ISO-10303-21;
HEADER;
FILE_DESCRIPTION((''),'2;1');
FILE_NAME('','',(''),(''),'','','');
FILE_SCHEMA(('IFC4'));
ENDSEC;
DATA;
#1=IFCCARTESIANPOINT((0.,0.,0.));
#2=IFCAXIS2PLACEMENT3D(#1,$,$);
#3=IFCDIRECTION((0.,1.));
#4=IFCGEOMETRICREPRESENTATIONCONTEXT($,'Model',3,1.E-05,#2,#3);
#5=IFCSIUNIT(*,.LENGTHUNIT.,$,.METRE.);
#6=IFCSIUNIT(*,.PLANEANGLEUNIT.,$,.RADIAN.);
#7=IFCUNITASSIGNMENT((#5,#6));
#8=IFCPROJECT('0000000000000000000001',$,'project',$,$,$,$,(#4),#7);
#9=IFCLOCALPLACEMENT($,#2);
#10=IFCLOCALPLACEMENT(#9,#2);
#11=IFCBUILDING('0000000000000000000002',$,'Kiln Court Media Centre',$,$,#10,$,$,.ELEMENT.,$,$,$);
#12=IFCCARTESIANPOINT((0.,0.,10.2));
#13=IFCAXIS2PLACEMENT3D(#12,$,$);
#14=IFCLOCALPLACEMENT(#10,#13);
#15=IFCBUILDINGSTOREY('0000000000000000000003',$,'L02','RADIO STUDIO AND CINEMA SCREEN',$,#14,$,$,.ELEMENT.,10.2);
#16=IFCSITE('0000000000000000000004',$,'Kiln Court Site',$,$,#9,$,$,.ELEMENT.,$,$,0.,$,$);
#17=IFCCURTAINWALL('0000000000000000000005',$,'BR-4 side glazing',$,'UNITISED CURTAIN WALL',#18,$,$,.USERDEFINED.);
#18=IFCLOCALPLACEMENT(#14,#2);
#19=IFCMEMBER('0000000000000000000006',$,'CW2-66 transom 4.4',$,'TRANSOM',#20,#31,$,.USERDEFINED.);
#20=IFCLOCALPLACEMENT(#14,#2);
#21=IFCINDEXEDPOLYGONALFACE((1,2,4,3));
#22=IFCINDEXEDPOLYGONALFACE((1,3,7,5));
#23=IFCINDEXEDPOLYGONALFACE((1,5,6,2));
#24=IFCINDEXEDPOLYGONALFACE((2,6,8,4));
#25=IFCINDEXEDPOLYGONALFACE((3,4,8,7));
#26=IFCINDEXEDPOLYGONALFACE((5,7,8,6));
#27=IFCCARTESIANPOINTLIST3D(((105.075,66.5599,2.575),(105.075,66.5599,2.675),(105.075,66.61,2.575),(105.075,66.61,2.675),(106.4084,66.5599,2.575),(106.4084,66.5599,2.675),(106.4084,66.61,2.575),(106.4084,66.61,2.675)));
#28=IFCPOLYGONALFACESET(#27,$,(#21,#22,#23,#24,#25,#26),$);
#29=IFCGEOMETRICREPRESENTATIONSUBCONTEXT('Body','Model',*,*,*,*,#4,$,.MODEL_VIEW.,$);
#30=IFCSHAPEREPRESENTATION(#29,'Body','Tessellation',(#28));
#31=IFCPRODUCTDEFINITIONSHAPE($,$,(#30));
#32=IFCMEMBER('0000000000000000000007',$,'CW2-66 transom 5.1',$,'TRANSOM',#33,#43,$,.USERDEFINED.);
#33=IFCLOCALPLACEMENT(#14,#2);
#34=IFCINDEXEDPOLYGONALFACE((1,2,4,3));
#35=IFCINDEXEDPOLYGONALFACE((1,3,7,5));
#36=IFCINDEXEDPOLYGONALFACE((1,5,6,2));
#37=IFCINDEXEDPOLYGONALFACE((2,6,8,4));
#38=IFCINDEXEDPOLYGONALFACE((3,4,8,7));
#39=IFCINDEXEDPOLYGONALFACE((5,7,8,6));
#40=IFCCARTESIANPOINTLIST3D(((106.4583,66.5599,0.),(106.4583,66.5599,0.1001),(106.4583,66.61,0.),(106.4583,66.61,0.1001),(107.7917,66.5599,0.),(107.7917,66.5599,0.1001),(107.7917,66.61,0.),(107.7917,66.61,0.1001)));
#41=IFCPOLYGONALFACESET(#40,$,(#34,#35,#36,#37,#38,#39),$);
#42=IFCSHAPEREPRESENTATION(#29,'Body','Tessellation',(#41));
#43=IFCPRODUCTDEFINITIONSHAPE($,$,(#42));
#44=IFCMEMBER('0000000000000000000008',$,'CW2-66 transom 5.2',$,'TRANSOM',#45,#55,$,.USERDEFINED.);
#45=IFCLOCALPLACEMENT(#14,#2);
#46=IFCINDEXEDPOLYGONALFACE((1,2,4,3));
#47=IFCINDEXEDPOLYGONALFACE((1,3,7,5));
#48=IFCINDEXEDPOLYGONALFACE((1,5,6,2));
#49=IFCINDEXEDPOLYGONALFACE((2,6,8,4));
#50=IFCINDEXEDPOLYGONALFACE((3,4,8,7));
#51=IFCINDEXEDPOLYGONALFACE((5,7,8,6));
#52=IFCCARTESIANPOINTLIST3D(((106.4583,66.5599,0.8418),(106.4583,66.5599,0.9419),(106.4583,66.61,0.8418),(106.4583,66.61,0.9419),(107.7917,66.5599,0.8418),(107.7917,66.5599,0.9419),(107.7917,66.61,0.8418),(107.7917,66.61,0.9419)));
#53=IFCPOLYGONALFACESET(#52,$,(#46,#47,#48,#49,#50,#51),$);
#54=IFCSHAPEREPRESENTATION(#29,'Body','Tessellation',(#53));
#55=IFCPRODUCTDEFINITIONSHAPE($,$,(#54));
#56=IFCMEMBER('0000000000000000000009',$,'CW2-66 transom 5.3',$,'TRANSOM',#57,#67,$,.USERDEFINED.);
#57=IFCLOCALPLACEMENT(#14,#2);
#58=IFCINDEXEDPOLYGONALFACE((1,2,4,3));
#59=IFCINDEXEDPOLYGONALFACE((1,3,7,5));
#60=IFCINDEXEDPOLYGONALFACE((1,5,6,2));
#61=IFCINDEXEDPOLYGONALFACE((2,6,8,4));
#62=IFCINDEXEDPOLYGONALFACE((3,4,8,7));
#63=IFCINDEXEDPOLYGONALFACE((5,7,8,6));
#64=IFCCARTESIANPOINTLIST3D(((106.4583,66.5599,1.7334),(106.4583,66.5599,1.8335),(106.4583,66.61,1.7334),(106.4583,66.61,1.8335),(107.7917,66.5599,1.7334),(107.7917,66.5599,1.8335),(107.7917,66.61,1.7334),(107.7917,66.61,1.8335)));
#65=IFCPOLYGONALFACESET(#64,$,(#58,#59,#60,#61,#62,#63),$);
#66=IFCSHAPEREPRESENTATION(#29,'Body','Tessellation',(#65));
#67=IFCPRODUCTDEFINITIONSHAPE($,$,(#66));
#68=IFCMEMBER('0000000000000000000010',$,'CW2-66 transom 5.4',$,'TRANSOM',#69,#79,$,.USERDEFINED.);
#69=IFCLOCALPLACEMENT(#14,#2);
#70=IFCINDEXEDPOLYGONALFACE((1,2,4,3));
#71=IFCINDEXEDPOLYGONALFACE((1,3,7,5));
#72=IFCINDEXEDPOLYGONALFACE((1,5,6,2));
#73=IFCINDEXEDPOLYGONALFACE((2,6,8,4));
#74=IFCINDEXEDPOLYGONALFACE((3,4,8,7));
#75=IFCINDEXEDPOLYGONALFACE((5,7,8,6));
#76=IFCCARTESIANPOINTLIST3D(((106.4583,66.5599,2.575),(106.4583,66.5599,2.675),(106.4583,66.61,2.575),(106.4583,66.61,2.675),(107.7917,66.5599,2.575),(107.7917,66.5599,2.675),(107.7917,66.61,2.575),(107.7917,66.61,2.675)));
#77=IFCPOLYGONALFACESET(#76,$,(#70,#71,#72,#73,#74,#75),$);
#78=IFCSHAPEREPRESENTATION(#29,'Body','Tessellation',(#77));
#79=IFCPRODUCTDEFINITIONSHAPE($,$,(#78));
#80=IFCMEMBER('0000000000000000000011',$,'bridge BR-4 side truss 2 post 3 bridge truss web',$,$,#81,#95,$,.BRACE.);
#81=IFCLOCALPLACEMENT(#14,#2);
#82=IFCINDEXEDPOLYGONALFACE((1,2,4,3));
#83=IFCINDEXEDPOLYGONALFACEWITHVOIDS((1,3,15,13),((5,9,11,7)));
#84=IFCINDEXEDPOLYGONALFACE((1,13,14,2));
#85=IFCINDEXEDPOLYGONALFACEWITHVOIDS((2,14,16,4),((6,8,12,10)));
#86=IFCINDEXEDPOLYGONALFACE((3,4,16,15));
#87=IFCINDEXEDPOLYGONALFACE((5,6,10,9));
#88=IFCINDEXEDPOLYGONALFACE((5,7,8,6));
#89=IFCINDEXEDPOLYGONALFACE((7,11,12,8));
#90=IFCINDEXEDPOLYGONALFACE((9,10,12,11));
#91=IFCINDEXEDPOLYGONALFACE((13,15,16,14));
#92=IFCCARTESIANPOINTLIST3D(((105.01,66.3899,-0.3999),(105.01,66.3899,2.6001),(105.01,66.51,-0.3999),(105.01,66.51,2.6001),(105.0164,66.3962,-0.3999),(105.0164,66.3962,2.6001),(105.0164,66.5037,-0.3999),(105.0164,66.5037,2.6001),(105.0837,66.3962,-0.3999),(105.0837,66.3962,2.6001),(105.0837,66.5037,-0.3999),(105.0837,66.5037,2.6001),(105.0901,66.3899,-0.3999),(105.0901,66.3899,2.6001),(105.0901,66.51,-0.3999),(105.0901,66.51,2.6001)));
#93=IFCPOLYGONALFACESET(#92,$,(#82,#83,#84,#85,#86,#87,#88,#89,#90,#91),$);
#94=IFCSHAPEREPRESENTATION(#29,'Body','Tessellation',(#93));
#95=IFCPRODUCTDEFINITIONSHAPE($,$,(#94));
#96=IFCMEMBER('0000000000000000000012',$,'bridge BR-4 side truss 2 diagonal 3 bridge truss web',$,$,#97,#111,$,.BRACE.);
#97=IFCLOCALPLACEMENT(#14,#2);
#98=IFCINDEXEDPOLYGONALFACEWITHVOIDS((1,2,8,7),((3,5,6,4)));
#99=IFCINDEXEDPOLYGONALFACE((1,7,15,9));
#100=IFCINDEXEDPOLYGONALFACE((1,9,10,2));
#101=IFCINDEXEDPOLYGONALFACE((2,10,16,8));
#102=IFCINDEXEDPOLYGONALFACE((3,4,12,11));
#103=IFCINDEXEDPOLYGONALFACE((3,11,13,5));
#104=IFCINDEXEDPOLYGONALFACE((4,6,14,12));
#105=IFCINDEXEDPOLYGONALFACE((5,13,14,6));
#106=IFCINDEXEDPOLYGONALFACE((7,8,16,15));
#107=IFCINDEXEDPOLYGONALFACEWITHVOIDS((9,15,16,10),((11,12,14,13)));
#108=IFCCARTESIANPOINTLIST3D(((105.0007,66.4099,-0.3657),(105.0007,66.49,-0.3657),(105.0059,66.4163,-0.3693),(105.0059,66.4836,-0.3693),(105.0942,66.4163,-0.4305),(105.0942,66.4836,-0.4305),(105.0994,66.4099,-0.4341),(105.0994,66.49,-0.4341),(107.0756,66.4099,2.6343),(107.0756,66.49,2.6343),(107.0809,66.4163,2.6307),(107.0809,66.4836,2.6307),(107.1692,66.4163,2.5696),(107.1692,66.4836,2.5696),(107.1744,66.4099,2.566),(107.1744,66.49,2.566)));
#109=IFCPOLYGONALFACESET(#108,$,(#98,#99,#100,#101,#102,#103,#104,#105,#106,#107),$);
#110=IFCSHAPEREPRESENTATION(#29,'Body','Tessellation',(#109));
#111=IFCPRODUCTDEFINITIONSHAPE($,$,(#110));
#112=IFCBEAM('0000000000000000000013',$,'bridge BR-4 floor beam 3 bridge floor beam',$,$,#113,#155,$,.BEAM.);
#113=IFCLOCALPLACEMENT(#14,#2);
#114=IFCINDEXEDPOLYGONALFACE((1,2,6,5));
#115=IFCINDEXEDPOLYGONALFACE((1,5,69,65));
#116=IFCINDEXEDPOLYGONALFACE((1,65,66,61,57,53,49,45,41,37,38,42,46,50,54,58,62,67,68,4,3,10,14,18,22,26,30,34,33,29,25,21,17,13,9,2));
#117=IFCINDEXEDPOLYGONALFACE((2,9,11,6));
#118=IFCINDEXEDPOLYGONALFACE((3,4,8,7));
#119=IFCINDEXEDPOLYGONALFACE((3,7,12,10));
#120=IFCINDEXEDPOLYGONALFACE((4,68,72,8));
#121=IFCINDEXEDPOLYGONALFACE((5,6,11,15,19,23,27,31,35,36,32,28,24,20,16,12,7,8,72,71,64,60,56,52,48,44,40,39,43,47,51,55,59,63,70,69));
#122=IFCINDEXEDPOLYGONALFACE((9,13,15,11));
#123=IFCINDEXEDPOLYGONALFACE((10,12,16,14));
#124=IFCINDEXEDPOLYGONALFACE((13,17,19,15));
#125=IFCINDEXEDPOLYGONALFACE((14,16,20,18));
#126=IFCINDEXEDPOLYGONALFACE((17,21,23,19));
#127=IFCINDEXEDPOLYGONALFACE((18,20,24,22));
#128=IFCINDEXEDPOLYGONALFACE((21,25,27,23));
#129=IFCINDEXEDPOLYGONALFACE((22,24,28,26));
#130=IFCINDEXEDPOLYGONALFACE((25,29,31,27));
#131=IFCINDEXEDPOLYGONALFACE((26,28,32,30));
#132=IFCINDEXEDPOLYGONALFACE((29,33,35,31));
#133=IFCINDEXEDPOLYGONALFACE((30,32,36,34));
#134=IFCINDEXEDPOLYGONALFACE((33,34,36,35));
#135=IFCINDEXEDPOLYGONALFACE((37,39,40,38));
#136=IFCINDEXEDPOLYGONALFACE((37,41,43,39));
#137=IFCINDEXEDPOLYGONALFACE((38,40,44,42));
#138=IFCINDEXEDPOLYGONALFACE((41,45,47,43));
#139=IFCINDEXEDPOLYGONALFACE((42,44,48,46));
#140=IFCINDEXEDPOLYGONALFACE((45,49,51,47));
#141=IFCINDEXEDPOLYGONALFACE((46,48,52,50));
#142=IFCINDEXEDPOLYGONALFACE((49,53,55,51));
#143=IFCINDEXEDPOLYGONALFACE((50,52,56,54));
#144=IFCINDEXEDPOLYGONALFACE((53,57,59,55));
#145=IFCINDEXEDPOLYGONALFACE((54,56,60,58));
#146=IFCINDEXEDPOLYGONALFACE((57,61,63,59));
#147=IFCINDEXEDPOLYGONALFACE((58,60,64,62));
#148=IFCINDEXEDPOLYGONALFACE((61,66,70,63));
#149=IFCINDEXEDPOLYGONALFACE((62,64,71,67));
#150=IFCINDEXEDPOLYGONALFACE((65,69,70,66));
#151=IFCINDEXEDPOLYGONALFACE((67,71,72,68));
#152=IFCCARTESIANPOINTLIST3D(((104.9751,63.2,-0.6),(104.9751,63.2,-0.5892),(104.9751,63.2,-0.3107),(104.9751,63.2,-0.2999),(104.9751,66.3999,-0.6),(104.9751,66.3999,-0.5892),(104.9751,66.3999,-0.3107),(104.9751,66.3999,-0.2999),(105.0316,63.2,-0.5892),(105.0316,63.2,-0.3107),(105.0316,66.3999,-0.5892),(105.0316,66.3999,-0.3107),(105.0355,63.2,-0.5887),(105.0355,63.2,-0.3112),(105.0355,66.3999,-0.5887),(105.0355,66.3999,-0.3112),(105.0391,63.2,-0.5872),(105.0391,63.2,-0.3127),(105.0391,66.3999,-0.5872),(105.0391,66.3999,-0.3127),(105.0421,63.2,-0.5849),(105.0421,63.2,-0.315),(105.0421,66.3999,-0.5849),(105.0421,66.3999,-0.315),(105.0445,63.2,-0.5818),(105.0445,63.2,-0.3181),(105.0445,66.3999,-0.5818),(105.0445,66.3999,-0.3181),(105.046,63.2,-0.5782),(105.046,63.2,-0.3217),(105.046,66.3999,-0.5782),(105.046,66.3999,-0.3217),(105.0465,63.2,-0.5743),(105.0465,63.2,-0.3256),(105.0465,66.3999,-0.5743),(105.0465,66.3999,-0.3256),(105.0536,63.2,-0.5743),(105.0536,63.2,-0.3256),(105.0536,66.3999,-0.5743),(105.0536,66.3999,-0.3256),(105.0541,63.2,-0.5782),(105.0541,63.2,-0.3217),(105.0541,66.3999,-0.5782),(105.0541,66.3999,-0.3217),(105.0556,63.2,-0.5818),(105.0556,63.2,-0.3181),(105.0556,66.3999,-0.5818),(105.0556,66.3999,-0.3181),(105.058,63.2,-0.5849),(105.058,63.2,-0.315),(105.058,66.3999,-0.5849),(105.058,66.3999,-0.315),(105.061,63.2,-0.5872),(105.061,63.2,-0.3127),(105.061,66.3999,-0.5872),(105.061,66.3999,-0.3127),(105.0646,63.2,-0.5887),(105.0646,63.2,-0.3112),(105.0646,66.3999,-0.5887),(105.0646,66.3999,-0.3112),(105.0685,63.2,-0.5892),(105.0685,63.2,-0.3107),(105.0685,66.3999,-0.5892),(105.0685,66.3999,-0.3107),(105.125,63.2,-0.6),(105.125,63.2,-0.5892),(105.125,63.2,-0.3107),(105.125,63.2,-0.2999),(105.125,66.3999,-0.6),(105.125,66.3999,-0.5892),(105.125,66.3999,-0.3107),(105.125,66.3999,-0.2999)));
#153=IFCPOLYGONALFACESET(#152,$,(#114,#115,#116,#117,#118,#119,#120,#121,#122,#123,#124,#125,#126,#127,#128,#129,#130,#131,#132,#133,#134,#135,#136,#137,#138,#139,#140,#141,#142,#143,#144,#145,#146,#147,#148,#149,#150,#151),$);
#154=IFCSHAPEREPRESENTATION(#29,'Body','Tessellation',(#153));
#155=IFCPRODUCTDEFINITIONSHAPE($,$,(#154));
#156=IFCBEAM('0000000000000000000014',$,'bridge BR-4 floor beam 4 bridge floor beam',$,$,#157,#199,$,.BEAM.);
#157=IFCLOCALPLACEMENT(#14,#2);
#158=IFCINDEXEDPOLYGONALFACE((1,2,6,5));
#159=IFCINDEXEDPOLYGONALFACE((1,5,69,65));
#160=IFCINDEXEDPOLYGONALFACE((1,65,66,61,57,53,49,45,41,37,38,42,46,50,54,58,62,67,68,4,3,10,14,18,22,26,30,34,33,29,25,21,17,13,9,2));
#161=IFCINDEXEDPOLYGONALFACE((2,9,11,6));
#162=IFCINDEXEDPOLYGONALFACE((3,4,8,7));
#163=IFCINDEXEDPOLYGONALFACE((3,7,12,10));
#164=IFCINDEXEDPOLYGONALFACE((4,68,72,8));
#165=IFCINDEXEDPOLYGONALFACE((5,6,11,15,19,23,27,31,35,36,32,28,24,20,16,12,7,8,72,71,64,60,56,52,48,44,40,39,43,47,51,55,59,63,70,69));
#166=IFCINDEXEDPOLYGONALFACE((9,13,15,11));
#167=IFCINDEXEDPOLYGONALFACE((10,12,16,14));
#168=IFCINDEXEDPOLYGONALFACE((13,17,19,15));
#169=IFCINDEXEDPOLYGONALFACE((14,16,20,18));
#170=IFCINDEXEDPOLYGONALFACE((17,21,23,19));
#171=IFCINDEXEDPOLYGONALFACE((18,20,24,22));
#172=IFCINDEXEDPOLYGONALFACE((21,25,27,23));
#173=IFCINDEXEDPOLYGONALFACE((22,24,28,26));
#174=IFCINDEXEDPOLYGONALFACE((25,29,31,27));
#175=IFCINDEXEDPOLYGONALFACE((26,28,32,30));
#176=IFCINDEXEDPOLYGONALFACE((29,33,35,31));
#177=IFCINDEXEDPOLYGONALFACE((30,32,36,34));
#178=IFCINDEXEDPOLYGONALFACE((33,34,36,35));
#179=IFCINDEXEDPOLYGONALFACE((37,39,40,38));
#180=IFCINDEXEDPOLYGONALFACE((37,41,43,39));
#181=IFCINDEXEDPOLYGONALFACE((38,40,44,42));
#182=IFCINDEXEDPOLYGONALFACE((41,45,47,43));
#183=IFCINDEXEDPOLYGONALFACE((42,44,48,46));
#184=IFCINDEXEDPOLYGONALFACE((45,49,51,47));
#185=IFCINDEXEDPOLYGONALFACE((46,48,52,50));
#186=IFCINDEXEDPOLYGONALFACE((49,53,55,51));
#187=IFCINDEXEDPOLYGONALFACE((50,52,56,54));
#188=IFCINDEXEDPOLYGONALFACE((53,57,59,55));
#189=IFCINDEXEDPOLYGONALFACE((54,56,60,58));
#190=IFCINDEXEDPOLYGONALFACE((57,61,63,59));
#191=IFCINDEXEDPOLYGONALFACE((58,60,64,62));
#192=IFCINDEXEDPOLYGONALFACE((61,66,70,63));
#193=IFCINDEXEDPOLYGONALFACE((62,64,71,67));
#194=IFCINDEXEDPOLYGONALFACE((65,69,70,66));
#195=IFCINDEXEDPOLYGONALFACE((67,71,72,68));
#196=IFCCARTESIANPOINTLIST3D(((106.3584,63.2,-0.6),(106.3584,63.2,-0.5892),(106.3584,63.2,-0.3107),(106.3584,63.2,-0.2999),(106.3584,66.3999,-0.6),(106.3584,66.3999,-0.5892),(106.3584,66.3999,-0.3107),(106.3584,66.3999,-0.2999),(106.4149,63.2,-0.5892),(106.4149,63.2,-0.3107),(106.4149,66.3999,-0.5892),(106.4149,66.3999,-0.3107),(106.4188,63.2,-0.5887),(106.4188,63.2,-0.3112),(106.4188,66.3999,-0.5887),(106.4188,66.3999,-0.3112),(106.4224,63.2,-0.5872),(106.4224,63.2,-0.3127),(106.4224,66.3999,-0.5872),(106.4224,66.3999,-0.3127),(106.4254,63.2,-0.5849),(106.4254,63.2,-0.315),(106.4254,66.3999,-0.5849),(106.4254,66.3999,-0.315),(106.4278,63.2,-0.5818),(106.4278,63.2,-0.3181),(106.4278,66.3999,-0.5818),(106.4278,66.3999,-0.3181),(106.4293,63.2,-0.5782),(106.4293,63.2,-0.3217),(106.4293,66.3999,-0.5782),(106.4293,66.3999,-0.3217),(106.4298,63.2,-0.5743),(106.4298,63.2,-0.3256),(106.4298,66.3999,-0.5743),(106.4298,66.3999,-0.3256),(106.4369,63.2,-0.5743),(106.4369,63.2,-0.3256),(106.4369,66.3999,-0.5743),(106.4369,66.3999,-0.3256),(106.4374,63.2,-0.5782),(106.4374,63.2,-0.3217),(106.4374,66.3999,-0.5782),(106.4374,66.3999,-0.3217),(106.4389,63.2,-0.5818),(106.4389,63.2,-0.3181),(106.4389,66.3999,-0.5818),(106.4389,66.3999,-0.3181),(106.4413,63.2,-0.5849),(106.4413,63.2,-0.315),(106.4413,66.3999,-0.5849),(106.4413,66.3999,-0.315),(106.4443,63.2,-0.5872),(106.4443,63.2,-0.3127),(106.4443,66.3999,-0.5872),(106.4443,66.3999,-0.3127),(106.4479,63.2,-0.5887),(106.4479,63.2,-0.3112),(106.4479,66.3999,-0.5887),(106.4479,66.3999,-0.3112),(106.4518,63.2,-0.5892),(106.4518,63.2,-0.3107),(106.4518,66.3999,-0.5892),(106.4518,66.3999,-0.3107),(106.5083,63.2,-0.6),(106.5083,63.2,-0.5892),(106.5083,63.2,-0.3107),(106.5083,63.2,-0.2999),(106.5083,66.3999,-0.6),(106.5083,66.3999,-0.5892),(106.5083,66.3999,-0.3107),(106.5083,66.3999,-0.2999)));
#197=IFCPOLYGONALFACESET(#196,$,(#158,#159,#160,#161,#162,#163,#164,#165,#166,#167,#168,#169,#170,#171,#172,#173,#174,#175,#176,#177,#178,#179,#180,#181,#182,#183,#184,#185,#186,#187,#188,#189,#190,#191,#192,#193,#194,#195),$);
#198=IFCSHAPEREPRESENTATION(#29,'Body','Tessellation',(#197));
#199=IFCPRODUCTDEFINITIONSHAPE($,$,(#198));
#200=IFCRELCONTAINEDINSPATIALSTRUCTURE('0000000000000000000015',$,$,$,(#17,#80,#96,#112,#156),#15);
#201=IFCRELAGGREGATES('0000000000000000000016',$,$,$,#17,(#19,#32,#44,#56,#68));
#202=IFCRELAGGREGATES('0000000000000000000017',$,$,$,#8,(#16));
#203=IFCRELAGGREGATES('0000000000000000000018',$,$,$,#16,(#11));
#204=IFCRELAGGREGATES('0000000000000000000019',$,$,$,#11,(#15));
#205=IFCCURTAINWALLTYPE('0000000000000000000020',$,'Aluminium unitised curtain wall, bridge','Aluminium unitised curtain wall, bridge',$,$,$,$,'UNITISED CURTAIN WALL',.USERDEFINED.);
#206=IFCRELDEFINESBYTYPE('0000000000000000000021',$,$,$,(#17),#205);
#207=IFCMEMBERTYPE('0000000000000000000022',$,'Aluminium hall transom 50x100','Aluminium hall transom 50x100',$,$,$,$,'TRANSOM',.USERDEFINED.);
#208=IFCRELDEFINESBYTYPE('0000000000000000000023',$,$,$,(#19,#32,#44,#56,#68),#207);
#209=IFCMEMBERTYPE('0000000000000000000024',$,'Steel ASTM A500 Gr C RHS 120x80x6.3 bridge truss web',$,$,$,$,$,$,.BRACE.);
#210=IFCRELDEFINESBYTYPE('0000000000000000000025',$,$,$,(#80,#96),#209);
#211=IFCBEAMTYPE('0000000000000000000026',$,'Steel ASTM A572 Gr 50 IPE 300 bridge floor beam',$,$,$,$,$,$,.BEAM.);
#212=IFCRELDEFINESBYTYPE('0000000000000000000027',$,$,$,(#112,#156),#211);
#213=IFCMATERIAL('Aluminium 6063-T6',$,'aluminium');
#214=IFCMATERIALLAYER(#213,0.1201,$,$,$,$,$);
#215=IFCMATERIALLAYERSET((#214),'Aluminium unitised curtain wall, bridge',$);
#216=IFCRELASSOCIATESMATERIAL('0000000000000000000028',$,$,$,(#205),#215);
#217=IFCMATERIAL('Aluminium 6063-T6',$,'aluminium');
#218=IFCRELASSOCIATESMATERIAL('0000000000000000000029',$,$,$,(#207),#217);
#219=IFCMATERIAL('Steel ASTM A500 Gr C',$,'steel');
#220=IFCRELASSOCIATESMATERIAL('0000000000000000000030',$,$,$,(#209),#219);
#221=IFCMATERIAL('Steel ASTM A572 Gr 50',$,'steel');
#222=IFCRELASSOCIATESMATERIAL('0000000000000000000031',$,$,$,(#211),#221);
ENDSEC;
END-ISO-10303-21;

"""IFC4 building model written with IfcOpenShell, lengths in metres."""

from ifc_helpers import new_model, si_unit, direction, frame, origin, origin_2d, place, context, subcontext, project, spatial, rectangle, hollow_rectangle, i_section, extrude, material, layer, layer_set, material_profile, profile_set, type_object, element, aggregate, save


model = new_model("IFC4")

# Units and contexts
model_context = context("Model", 3, precision=1e-05, world=origin(), true_north=direction((0.0, 1.0)))
body_context = subcontext(model_context, "Body", "Model", "MODEL_VIEW")
ifc_project = project(units=[si_unit("LENGTHUNIT", "METRE"), si_unit("PLANEANGLEUNIT", "RADIAN")], contexts=[model_context])

# Site, building, storey
site_placement = place(None, origin())
site = spatial("IfcSite", under=ifc_project, at=site_placement, Name="Kiln Court Site", CompositionType="ELEMENT", RefElevation=0.0)
building_placement = place(site_placement, origin())
building = spatial("IfcBuilding", under=site, at=building_placement, Name="Kiln Court Media Centre", CompositionType="ELEMENT")
storey_placement = place(building_placement, frame((0.0, 0.0, 10.2)))
storey = spatial("IfcBuildingStorey", under=building, at=storey_placement, Name="L02", Description="RADIO STUDIO AND CINEMA SCREEN", CompositionType="ELEMENT", Elevation=10.2)

# Curtain wall
ifc_material_1 = material(Name="Aluminium 6063-T6", Category="aluminium")
ifc_layer_1 = layer(ifc_material_1, 0.1201)
ifc_layer_set_1 = layer_set([ifc_layer_1], Name="Aluminium unitised curtain wall, bridge")
curtain_wall_type = type_object("IfcCurtainWallType", Name="Aluminium unitised curtain wall, bridge", Description="Aluminium unitised curtain wall, bridge", ElementType="UNITISED CURTAIN WALL", PredefinedType="USERDEFINED", material=ifc_layer_set_1)
curtain_wall_1_placement = place(storey_placement, origin())
curtain_wall_1 = element("IfcCurtainWall", 1, at=curtain_wall_1_placement, inside=storey, type_object=curtain_wall_type, Name="BR-4 side glazing", ObjectType="UNITISED CURTAIN WALL", PredefinedType="USERDEFINED")

# Members
ifc_material_2 = material(Name="Aluminium 6063-T6", Category="aluminium")
ifc_material_profile_1 = material_profile(ifc_material_2, rectangle(XDim=0.05, YDim=0.1001, at=origin_2d()), Name="Aluminium hall transom 50x100")
ifc_profile_set_1 = profile_set([ifc_material_profile_1], Name="Aluminium 6063-T6")
member_type_1 = type_object("IfcMemberType", Name="Aluminium hall transom 50x100", Description="Aluminium hall transom 50x100", ElementType="TRANSOM", PredefinedType="USERDEFINED", material=ifc_profile_set_1)
member_1_placement = place(storey_placement, frame((105.075, 66.585, 2.625), z_axis=(1.0, 0.0, 0.0), x_axis=(0.0, 1.0, 0.0)))
member_1 = element("IfcMember", 2, at=member_1_placement, type_object=member_type_1, Name="CW2-66 transom 4.4", ObjectType="TRANSOM", PredefinedType="USERDEFINED", context=body_context, shape_type="SweptSolid", body=[
    extrude(rectangle(XDim=0.05, YDim=0.1001, at=origin_2d()), origin(), (0.0, 0.0, 1.0), 1.3335),
])
member_2_placement = place(storey_placement, frame((106.4583, 66.585, 0.05), z_axis=(1.0, 0.0, 0.0), x_axis=(0.0, 1.0, 0.0)))
member_2 = element("IfcMember", 3, at=member_2_placement, type_object=member_type_1, Name="CW2-66 transom 5.1", ObjectType="TRANSOM", PredefinedType="USERDEFINED", context=body_context, shape_type="SweptSolid", body=[
    extrude(rectangle(XDim=0.05, YDim=0.1001, at=origin_2d()), origin(), (0.0, 0.0, 1.0), 1.3335),
])
member_3_placement = place(storey_placement, frame((106.4583, 66.585, 0.8918), z_axis=(1.0, 0.0, 0.0), x_axis=(0.0, 1.0, 0.0)))
member_3 = element("IfcMember", 4, at=member_3_placement, type_object=member_type_1, Name="CW2-66 transom 5.2", ObjectType="TRANSOM", PredefinedType="USERDEFINED", context=body_context, shape_type="SweptSolid", body=[
    extrude(rectangle(XDim=0.05, YDim=0.1001, at=origin_2d()), origin(), (0.0, 0.0, 1.0), 1.3335),
])
member_4_placement = place(storey_placement, frame((106.4583, 66.585, 1.7834), z_axis=(1.0, 0.0, 0.0), x_axis=(0.0, 1.0, 0.0)))
member_4 = element("IfcMember", 5, at=member_4_placement, type_object=member_type_1, Name="CW2-66 transom 5.3", ObjectType="TRANSOM", PredefinedType="USERDEFINED", context=body_context, shape_type="SweptSolid", body=[
    extrude(rectangle(XDim=0.05, YDim=0.1001, at=origin_2d()), origin(), (0.0, 0.0, 1.0), 1.3335),
])
member_5_placement = place(storey_placement, frame((106.4583, 66.585, 2.625), z_axis=(1.0, 0.0, 0.0), x_axis=(0.0, 1.0, 0.0)))
member_5 = element("IfcMember", 6, at=member_5_placement, type_object=member_type_1, Name="CW2-66 transom 5.4", ObjectType="TRANSOM", PredefinedType="USERDEFINED", context=body_context, shape_type="SweptSolid", body=[
    extrude(rectangle(XDim=0.05, YDim=0.1001, at=origin_2d()), origin(), (0.0, 0.0, 1.0), 1.3335),
])

# Members
ifc_material_3 = material(Name="Steel ASTM A500 Gr C", Category="steel")
ifc_material_profile_2 = material_profile(ifc_material_3, hollow_rectangle(XDim=0.0801, YDim=0.1201, WallThickness=0.0063, at=origin_2d()), Name="RHS 120x80x6.3")
ifc_profile_set_2 = profile_set([ifc_material_profile_2], Name="Steel ASTM A500 Gr C")
member_type_2 = type_object("IfcMemberType", Name="Steel ASTM A500 Gr C RHS 120x80x6.3 bridge truss web", PredefinedType="BRACE", material=ifc_profile_set_2)
member_6_placement = place(storey_placement, frame((105.05, 66.45, -0.3999), z_axis=(0.0, 0.0, 1.0), x_axis=(1.0, 0.0, 0.0)))
element("IfcMember", 7, at=member_6_placement, inside=storey, type_object=member_type_2, Name="bridge BR-4 side truss 2 post 3 bridge truss web", PredefinedType="BRACE", context=body_context, shape_type="SweptSolid", body=[
    extrude(hollow_rectangle(XDim=0.0801, YDim=0.1201, WallThickness=0.0063, at=origin_2d()), origin(), (0.0, 0.0, 1.0), 3.0),
])
member_7_placement = place(storey_placement, frame((105.05, 66.45, -0.3999), z_axis=(0.568844, 0.0, 0.822445), x_axis=(0.0, 1.0, 0.0)))
element("IfcMember", 8, at=member_7_placement, inside=storey, type_object=member_type_2, Name="bridge BR-4 side truss 2 diagonal 3 bridge truss web", PredefinedType="BRACE", context=body_context, shape_type="SweptSolid", body=[
    extrude(hollow_rectangle(XDim=0.0801, YDim=0.1201, WallThickness=0.0063, at=origin_2d()), origin(), (0.0, 0.0, 1.0), 3.6477),
])

# Beams
ifc_material_4 = material(Name="Steel ASTM A572 Gr 50", Category="steel")
ifc_material_profile_3 = material_profile(ifc_material_4, i_section(OverallWidth=0.1499, OverallDepth=0.3, WebThickness=0.0071, FlangeThickness=0.0107, FilletRadius=0.0149, at=origin_2d()), Name="IPE 300")
ifc_profile_set_3 = profile_set([ifc_material_profile_3], Name="Steel ASTM A572 Gr 50")
beam_type = type_object("IfcBeamType", Name="Steel ASTM A572 Gr 50 IPE 300 bridge floor beam", PredefinedType="BEAM", material=ifc_profile_set_3)
for number, where, z_axis, x_axis, name in (
    (9, (105.05, 63.2, -0.45), (0.0, 1.0, 0.0), (-1.0, 0.0, 0.0), "bridge BR-4 floor beam 3 bridge floor beam"),
    (10, (106.4333, 63.2, -0.45), (0.0, 1.0, 0.0), (-1.0, 0.0, 0.0), "bridge BR-4 floor beam 4 bridge floor beam"),
):
    element("IfcBeam", number, at=place(storey_placement, frame(where, z_axis=z_axis, x_axis=x_axis)), inside=storey, type_object=beam_type, Name=name, PredefinedType="BEAM", context=body_context, shape_type="SweptSolid", body=[
        extrude(i_section(OverallWidth=0.1499, OverallDepth=0.3, WebThickness=0.0071, FlangeThickness=0.0107, FilletRadius=0.0149, at=origin_2d()), origin(), (0.0, 0.0, 1.0), 3.2),
    ])

aggregate(curtain_wall_1, [member_1, member_2, member_3, member_4, member_5])

save(model, "model.ifc")
